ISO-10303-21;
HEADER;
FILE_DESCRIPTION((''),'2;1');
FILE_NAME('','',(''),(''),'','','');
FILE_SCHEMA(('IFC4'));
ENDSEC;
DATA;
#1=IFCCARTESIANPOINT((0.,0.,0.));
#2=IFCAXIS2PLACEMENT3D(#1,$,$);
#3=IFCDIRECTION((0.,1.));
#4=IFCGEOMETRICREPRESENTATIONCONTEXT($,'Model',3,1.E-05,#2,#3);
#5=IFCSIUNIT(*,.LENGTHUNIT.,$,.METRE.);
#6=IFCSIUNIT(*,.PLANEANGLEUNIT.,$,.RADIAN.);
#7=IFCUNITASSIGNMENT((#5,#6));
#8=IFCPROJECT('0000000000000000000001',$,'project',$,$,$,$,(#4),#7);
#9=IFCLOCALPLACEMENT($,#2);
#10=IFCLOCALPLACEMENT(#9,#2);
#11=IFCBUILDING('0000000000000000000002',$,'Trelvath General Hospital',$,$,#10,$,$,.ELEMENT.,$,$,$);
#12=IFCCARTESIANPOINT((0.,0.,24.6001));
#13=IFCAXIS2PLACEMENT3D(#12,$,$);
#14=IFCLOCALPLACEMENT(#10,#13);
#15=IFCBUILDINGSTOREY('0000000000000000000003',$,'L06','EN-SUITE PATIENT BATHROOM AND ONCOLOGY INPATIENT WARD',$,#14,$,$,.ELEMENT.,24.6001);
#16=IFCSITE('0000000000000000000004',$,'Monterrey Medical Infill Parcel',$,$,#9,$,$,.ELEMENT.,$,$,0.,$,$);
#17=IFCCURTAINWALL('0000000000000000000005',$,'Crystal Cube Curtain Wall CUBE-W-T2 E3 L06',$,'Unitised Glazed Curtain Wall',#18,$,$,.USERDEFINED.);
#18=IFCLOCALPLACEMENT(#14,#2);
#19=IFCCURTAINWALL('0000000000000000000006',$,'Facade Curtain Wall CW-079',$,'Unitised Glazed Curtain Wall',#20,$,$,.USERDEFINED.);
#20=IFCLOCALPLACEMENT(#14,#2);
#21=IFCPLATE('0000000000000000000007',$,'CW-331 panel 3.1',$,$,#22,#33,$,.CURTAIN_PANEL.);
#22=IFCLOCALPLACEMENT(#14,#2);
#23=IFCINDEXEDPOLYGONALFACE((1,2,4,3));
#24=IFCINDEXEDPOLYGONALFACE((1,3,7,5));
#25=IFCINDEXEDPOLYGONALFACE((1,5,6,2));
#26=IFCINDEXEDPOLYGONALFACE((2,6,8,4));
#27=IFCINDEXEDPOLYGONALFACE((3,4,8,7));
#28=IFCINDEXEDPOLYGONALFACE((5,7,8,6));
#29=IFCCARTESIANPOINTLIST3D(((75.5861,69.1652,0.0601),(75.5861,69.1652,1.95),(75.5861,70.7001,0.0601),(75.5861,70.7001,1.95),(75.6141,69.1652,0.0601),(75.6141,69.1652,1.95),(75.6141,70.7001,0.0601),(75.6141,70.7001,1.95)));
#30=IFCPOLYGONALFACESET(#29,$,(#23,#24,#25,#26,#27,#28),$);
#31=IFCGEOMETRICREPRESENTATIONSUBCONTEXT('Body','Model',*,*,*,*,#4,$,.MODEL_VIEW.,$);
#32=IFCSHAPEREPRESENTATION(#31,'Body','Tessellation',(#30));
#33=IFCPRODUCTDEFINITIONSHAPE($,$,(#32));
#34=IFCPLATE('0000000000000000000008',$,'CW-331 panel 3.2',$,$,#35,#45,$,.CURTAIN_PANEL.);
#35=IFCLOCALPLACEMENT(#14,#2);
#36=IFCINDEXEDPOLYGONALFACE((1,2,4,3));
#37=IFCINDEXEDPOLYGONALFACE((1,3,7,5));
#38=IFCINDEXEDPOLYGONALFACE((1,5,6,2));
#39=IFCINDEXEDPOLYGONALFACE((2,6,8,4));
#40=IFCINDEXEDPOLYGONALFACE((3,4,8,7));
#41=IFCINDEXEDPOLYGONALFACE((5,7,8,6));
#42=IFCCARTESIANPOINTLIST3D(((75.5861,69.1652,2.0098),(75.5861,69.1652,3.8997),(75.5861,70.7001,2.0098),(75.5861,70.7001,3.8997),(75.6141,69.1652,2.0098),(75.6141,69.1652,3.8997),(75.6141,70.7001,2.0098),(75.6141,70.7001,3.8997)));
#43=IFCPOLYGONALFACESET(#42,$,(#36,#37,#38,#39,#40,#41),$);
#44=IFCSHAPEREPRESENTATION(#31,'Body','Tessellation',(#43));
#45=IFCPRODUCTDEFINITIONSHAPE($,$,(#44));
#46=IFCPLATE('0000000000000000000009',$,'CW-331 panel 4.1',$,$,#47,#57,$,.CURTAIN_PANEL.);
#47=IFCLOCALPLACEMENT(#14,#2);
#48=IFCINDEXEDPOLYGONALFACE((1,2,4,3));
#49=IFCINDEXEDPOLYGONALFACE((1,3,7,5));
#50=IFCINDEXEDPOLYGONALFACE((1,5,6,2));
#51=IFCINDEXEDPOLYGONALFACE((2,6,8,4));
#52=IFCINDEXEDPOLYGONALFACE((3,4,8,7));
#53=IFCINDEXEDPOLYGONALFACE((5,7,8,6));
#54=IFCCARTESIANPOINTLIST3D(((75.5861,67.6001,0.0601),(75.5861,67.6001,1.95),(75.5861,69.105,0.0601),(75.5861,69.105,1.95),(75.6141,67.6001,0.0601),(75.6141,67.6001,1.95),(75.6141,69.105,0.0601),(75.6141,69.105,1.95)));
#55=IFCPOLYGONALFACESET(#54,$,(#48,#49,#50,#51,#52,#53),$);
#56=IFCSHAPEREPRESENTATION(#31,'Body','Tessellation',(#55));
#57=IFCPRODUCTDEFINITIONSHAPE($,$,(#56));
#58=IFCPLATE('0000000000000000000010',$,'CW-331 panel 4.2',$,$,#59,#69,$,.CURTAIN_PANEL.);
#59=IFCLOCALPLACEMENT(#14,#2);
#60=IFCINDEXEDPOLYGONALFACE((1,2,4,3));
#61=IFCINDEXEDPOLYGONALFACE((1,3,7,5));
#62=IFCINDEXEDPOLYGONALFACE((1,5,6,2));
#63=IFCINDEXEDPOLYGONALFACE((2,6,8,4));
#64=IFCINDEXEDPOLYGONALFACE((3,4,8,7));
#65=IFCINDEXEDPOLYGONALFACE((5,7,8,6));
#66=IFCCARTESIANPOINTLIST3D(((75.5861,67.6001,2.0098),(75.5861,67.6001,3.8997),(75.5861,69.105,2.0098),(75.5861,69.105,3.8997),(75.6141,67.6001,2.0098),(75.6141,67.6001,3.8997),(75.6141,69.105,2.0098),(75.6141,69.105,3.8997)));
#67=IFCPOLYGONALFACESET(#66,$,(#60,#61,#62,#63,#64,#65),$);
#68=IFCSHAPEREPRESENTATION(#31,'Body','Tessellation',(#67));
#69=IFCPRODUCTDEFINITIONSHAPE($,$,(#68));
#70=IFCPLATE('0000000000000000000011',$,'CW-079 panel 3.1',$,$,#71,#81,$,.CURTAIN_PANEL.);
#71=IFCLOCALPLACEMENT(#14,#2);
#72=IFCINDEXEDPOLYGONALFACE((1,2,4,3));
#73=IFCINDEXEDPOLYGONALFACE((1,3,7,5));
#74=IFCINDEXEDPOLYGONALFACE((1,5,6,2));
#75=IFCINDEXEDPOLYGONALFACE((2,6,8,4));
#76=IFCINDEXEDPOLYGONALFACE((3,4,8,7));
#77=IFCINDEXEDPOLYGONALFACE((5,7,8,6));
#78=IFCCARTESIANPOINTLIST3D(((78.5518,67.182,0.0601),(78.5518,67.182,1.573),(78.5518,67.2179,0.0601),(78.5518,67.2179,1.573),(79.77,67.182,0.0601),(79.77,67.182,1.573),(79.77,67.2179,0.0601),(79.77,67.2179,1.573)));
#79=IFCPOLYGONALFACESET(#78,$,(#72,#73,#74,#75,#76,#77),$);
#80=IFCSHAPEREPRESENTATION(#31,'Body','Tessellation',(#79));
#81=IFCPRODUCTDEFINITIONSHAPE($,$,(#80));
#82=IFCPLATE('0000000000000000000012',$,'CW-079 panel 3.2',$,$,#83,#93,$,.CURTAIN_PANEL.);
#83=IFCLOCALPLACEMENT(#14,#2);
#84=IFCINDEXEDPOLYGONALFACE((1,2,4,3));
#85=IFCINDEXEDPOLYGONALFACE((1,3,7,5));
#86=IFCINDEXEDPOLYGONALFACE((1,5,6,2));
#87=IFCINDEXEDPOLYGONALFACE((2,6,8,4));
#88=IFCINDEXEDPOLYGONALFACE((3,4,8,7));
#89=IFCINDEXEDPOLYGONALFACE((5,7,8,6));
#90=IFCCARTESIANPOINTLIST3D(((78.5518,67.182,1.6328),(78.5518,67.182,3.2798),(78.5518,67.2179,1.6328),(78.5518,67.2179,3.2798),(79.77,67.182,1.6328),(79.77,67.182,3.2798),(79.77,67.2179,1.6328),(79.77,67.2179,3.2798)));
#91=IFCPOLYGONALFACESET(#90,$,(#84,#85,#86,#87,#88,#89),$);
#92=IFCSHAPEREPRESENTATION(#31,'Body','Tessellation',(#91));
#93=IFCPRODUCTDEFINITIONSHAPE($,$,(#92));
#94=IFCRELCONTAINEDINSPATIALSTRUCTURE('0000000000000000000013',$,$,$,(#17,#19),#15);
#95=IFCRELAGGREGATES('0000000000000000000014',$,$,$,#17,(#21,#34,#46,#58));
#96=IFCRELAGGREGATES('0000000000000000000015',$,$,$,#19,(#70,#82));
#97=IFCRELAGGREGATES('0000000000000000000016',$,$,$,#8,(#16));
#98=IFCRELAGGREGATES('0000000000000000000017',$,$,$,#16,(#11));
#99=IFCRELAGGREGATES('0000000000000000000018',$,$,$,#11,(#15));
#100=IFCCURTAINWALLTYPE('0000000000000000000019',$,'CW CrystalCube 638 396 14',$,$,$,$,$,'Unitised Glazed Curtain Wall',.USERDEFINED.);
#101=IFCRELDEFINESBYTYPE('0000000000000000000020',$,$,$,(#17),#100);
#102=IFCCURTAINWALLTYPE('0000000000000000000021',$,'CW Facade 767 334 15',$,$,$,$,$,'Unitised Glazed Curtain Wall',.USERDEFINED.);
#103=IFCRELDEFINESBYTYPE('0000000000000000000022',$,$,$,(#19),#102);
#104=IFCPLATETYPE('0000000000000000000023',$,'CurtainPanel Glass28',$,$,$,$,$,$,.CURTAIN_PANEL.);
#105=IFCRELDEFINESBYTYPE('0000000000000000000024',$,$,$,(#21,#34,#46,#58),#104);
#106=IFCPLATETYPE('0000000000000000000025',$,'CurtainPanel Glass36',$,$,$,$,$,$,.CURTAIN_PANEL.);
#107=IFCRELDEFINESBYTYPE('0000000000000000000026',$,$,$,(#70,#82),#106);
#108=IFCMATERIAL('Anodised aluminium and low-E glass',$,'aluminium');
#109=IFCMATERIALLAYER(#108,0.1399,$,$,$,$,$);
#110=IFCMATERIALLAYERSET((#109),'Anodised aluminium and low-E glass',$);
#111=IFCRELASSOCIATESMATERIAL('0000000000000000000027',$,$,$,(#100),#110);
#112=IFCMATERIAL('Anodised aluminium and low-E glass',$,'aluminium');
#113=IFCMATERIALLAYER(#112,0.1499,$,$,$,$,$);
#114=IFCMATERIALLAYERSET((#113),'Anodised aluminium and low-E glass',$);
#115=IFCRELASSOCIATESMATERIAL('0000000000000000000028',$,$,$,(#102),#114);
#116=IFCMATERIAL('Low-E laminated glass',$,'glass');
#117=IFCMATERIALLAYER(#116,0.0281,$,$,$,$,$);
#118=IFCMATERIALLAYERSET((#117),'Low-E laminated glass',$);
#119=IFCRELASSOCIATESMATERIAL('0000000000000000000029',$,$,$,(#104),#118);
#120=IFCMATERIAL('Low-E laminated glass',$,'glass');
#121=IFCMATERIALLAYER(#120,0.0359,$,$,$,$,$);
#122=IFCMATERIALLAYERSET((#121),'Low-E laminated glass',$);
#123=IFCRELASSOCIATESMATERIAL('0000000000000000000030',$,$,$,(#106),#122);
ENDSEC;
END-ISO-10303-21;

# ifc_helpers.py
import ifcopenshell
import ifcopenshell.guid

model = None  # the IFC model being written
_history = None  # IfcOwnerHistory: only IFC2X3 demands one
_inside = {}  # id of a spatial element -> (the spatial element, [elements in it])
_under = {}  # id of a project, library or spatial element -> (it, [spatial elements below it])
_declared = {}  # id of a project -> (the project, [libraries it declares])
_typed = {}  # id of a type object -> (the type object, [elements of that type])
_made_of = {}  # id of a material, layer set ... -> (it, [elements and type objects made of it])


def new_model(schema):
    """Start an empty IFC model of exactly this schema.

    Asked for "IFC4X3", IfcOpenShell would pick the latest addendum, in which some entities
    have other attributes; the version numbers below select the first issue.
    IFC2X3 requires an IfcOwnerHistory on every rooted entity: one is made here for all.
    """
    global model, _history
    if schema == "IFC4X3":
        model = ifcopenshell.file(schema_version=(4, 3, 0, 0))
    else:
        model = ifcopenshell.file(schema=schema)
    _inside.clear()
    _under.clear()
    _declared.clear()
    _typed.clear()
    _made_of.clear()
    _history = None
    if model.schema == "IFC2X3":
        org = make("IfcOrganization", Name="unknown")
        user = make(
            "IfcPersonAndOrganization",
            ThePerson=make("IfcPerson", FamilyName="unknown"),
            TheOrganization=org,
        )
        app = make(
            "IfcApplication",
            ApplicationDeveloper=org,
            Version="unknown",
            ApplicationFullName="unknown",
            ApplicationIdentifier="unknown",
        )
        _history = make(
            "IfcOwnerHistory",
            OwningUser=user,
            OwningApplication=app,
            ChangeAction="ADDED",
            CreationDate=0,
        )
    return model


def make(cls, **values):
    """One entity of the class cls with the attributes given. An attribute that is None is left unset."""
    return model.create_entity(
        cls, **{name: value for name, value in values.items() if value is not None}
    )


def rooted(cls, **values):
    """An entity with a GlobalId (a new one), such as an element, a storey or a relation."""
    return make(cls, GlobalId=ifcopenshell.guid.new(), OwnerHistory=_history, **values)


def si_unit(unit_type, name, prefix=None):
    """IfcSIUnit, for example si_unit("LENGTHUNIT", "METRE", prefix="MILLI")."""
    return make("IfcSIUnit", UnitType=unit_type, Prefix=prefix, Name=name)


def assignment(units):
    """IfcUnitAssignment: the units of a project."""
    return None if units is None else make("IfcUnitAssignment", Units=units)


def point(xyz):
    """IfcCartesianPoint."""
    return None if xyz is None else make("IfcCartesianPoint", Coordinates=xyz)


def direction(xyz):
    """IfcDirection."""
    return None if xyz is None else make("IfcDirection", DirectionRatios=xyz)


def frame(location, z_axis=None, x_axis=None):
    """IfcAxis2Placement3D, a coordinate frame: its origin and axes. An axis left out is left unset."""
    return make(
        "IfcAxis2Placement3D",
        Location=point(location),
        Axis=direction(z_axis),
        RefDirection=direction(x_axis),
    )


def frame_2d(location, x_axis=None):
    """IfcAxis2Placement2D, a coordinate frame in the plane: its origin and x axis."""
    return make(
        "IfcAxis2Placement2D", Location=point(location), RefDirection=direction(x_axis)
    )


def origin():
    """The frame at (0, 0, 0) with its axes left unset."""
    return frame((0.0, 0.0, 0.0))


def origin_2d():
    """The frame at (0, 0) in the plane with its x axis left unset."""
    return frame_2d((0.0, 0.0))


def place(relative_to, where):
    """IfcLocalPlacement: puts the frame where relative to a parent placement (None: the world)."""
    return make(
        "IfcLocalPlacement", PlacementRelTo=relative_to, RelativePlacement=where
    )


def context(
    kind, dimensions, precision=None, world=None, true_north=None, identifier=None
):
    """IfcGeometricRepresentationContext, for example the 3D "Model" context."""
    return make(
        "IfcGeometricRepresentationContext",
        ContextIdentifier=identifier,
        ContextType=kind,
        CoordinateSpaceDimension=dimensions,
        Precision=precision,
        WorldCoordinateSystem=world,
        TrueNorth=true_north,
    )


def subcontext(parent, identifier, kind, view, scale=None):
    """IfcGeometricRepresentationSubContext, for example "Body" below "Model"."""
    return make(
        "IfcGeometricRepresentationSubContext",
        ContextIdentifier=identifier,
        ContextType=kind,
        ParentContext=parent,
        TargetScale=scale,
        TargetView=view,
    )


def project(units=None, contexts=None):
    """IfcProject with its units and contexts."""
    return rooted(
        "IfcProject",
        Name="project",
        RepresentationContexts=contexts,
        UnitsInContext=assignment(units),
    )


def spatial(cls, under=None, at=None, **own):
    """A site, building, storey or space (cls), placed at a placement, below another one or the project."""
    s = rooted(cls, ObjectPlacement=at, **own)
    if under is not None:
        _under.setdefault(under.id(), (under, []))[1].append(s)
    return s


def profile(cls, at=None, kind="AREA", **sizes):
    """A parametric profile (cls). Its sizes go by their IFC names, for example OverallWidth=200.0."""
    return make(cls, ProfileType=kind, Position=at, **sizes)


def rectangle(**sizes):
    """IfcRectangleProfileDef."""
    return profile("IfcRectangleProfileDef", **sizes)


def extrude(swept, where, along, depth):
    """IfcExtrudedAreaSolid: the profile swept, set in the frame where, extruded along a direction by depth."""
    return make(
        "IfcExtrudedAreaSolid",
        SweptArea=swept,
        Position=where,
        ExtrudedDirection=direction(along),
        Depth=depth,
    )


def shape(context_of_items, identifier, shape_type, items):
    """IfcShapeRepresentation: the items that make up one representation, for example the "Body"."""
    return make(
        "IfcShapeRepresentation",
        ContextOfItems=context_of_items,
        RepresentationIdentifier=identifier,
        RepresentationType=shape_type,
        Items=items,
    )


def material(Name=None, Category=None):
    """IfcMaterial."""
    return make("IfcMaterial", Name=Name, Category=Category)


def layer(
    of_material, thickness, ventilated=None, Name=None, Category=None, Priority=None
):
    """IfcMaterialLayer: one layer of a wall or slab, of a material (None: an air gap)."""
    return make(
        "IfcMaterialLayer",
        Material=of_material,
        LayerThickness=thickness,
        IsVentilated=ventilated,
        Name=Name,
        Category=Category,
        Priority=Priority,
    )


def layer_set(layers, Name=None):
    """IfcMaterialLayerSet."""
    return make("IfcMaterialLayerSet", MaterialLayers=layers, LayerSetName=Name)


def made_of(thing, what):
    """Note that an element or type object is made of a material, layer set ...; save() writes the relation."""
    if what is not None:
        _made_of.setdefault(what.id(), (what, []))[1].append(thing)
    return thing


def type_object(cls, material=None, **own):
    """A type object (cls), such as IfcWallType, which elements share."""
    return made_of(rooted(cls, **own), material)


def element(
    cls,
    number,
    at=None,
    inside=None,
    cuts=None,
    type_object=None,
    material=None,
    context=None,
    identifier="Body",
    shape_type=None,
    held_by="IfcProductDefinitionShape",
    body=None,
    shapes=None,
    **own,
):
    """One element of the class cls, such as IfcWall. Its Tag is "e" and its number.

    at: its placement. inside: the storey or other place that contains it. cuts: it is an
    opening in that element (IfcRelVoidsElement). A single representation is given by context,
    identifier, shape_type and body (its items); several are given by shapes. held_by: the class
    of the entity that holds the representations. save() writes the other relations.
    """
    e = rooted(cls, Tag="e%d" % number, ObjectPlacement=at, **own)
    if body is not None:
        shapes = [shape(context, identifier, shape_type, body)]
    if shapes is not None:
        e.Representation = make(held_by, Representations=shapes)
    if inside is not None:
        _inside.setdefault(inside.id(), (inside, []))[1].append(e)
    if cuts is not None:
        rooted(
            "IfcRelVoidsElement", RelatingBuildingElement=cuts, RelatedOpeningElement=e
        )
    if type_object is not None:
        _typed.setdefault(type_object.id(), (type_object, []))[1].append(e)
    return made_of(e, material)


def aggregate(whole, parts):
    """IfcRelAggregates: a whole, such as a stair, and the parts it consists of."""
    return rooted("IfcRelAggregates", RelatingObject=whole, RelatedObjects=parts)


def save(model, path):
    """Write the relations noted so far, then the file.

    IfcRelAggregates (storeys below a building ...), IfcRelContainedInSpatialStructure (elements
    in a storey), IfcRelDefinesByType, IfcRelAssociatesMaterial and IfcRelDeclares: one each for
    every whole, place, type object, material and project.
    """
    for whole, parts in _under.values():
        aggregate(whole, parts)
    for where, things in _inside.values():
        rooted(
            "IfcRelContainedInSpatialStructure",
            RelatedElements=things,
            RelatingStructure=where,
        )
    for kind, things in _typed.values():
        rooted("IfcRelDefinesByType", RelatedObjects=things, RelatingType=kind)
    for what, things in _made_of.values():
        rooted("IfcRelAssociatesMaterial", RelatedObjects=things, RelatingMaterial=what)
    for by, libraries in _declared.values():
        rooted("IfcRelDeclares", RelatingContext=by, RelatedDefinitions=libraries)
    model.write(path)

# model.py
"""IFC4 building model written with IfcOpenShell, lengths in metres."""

from ifc_helpers import new_model, si_unit, direction, frame, origin, origin_2d, place, context, subcontext, project, spatial, rectangle, extrude, material, layer, layer_set, type_object, element, aggregate, save


model = new_model("IFC4")

# Units and contexts
model_context = context("Model", 3, precision=1e-05, world=origin(), true_north=direction((0.0, 1.0)))
body_context = subcontext(model_context, "Body", "Model", "MODEL_VIEW")
ifc_project = project(units=[si_unit("LENGTHUNIT", "METRE"), si_unit("PLANEANGLEUNIT", "RADIAN")], contexts=[model_context])

# Site, building, storey
site_placement = place(None, origin())
site = spatial("IfcSite", under=ifc_project, at=site_placement, Name="Monterrey Medical Infill Parcel", CompositionType="ELEMENT", RefElevation=0.0)
building_placement = place(site_placement, origin())
building = spatial("IfcBuilding", under=site, at=building_placement, Name="Trelvath General Hospital", CompositionType="ELEMENT")
storey_placement = place(building_placement, frame((0.0, 0.0, 24.6001)))
storey = spatial("IfcBuildingStorey", under=building, at=storey_placement, Name="L06", Description="EN-SUITE PATIENT BATHROOM AND ONCOLOGY INPATIENT WARD", CompositionType="ELEMENT", Elevation=24.6001)

# Curtain wall
ifc_material_1 = material(Name="Anodised aluminium and low-E glass", Category="aluminium")
ifc_layer_1 = layer(ifc_material_1, 0.1399)
ifc_layer_set_1 = layer_set([ifc_layer_1], Name="Anodised aluminium and low-E glass")
curtain_wall_type_1 = type_object("IfcCurtainWallType", Name="CW CrystalCube 638 396 14", ElementType="Unitised Glazed Curtain Wall", PredefinedType="USERDEFINED", material=ifc_layer_set_1)
curtain_wall_1_placement = place(storey_placement, origin())
curtain_wall_1 = element("IfcCurtainWall", 1, at=curtain_wall_1_placement, inside=storey, type_object=curtain_wall_type_1, Name="Crystal Cube Curtain Wall CUBE-W-T2 E3 L06", ObjectType="Unitised Glazed Curtain Wall", PredefinedType="USERDEFINED")

# Curtain wall
ifc_material_2 = material(Name="Anodised aluminium and low-E glass", Category="aluminium")
ifc_layer_2 = layer(ifc_material_2, 0.1499)
ifc_layer_set_2 = layer_set([ifc_layer_2], Name="Anodised aluminium and low-E glass")
curtain_wall_type_2 = type_object("IfcCurtainWallType", Name="CW Facade 767 334 15", ElementType="Unitised Glazed Curtain Wall", PredefinedType="USERDEFINED", material=ifc_layer_set_2)
curtain_wall_2_placement = place(storey_placement, origin())
curtain_wall_2 = element("IfcCurtainWall", 2, at=curtain_wall_2_placement, inside=storey, type_object=curtain_wall_type_2, Name="Facade Curtain Wall CW-079", ObjectType="Unitised Glazed Curtain Wall", PredefinedType="USERDEFINED")

# Plates
ifc_material_3 = material(Name="Low-E laminated glass", Category="glass")
ifc_layer_3 = layer(ifc_material_3, 0.0281)
ifc_layer_set_3 = layer_set([ifc_layer_3], Name="Low-E laminated glass")
plate_type_1 = type_object("IfcPlateType", Name="CurtainPanel Glass28", PredefinedType="CURTAIN_PANEL", material=ifc_layer_set_3)
plate_1_placement = place(storey_placement, frame((75.6001, 69.9326, 0.0601), z_axis=(0.0, 0.0, 1.0), x_axis=(0.0, -1.0, 0.0)))
plate_1 = element("IfcPlate", 3, at=plate_1_placement, type_object=plate_type_1, Name="CW-331 panel 3.1", PredefinedType="CURTAIN_PANEL", context=body_context, shape_type="SweptSolid", body=[
    extrude(rectangle(XDim=1.5349, YDim=0.0281, at=origin_2d()), origin(), (0.0, 0.0, 1.0), 1.8899),
])
plate_2_placement = place(storey_placement, frame((75.6001, 69.9326, 2.0098), z_axis=(0.0, 0.0, 1.0), x_axis=(0.0, -1.0, 0.0)))
plate_2 = element("IfcPlate", 4, at=plate_2_placement, type_object=plate_type_1, Name="CW-331 panel 3.2", PredefinedType="CURTAIN_PANEL", context=body_context, shape_type="SweptSolid", body=[
    extrude(rectangle(XDim=1.5349, YDim=0.0281, at=origin_2d()), origin(), (0.0, 0.0, 1.0), 1.8899),
])
plate_3_placement = place(storey_placement, frame((75.6001, 68.3525, 0.0601), z_axis=(0.0, 0.0, 1.0), x_axis=(0.0, -1.0, 0.0)))
plate_3 = element("IfcPlate", 5, at=plate_3_placement, type_object=plate_type_1, Name="CW-331 panel 4.1", PredefinedType="CURTAIN_PANEL", context=body_context, shape_type="SweptSolid", body=[
    extrude(rectangle(XDim=1.5049, YDim=0.0281, at=origin_2d()), origin(), (0.0, 0.0, 1.0), 1.8899),
])
plate_4_placement = place(storey_placement, frame((75.6001, 68.3525, 2.0098), z_axis=(0.0, 0.0, 1.0), x_axis=(0.0, -1.0, 0.0)))
plate_4 = element("IfcPlate", 6, at=plate_4_placement, type_object=plate_type_1, Name="CW-331 panel 4.2", PredefinedType="CURTAIN_PANEL", context=body_context, shape_type="SweptSolid", body=[
    extrude(rectangle(XDim=1.5049, YDim=0.0281, at=origin_2d()), origin(), (0.0, 0.0, 1.0), 1.8899),
])
aggregate(curtain_wall_1, [plate_1, plate_2, plate_3, plate_4])
ifc_material_4 = material(Name="Low-E laminated glass", Category="glass")
ifc_layer_4 = layer(ifc_material_4, 0.0359)
ifc_layer_set_4 = layer_set([ifc_layer_4], Name="Low-E laminated glass")
plate_type_2 = type_object("IfcPlateType", Name="CurtainPanel Glass36", PredefinedType="CURTAIN_PANEL", material=ifc_layer_set_4)
plate_5_placement = place(storey_placement, frame((79.1609, 67.2, 0.0601), z_axis=(0.0, 0.0, 1.0), x_axis=(1.0, 0.0, 0.0)))
plate_5 = element("IfcPlate", 7, at=plate_5_placement, type_object=plate_type_2, Name="CW-079 panel 3.1", PredefinedType="CURTAIN_PANEL", context=body_context, shape_type="SweptSolid", body=[
    extrude(rectangle(XDim=1.2183, YDim=0.0359, at=origin_2d()), origin(), (0.0, 0.0, 1.0), 1.5129),
])
plate_6_placement = place(storey_placement, frame((79.1609, 67.2, 1.6328), z_axis=(0.0, 0.0, 1.0), x_axis=(1.0, 0.0, 0.0)))
plate_6 = element("IfcPlate", 8, at=plate_6_placement, type_object=plate_type_2, Name="CW-079 panel 3.2", PredefinedType="CURTAIN_PANEL", context=body_context, shape_type="SweptSolid", body=[
    extrude(rectangle(XDim=1.2183, YDim=0.0359, at=origin_2d()), origin(), (0.0, 0.0, 1.0), 1.647),
])
aggregate(curtain_wall_2, [plate_5, plate_6])

save(model, "model.ifc")
